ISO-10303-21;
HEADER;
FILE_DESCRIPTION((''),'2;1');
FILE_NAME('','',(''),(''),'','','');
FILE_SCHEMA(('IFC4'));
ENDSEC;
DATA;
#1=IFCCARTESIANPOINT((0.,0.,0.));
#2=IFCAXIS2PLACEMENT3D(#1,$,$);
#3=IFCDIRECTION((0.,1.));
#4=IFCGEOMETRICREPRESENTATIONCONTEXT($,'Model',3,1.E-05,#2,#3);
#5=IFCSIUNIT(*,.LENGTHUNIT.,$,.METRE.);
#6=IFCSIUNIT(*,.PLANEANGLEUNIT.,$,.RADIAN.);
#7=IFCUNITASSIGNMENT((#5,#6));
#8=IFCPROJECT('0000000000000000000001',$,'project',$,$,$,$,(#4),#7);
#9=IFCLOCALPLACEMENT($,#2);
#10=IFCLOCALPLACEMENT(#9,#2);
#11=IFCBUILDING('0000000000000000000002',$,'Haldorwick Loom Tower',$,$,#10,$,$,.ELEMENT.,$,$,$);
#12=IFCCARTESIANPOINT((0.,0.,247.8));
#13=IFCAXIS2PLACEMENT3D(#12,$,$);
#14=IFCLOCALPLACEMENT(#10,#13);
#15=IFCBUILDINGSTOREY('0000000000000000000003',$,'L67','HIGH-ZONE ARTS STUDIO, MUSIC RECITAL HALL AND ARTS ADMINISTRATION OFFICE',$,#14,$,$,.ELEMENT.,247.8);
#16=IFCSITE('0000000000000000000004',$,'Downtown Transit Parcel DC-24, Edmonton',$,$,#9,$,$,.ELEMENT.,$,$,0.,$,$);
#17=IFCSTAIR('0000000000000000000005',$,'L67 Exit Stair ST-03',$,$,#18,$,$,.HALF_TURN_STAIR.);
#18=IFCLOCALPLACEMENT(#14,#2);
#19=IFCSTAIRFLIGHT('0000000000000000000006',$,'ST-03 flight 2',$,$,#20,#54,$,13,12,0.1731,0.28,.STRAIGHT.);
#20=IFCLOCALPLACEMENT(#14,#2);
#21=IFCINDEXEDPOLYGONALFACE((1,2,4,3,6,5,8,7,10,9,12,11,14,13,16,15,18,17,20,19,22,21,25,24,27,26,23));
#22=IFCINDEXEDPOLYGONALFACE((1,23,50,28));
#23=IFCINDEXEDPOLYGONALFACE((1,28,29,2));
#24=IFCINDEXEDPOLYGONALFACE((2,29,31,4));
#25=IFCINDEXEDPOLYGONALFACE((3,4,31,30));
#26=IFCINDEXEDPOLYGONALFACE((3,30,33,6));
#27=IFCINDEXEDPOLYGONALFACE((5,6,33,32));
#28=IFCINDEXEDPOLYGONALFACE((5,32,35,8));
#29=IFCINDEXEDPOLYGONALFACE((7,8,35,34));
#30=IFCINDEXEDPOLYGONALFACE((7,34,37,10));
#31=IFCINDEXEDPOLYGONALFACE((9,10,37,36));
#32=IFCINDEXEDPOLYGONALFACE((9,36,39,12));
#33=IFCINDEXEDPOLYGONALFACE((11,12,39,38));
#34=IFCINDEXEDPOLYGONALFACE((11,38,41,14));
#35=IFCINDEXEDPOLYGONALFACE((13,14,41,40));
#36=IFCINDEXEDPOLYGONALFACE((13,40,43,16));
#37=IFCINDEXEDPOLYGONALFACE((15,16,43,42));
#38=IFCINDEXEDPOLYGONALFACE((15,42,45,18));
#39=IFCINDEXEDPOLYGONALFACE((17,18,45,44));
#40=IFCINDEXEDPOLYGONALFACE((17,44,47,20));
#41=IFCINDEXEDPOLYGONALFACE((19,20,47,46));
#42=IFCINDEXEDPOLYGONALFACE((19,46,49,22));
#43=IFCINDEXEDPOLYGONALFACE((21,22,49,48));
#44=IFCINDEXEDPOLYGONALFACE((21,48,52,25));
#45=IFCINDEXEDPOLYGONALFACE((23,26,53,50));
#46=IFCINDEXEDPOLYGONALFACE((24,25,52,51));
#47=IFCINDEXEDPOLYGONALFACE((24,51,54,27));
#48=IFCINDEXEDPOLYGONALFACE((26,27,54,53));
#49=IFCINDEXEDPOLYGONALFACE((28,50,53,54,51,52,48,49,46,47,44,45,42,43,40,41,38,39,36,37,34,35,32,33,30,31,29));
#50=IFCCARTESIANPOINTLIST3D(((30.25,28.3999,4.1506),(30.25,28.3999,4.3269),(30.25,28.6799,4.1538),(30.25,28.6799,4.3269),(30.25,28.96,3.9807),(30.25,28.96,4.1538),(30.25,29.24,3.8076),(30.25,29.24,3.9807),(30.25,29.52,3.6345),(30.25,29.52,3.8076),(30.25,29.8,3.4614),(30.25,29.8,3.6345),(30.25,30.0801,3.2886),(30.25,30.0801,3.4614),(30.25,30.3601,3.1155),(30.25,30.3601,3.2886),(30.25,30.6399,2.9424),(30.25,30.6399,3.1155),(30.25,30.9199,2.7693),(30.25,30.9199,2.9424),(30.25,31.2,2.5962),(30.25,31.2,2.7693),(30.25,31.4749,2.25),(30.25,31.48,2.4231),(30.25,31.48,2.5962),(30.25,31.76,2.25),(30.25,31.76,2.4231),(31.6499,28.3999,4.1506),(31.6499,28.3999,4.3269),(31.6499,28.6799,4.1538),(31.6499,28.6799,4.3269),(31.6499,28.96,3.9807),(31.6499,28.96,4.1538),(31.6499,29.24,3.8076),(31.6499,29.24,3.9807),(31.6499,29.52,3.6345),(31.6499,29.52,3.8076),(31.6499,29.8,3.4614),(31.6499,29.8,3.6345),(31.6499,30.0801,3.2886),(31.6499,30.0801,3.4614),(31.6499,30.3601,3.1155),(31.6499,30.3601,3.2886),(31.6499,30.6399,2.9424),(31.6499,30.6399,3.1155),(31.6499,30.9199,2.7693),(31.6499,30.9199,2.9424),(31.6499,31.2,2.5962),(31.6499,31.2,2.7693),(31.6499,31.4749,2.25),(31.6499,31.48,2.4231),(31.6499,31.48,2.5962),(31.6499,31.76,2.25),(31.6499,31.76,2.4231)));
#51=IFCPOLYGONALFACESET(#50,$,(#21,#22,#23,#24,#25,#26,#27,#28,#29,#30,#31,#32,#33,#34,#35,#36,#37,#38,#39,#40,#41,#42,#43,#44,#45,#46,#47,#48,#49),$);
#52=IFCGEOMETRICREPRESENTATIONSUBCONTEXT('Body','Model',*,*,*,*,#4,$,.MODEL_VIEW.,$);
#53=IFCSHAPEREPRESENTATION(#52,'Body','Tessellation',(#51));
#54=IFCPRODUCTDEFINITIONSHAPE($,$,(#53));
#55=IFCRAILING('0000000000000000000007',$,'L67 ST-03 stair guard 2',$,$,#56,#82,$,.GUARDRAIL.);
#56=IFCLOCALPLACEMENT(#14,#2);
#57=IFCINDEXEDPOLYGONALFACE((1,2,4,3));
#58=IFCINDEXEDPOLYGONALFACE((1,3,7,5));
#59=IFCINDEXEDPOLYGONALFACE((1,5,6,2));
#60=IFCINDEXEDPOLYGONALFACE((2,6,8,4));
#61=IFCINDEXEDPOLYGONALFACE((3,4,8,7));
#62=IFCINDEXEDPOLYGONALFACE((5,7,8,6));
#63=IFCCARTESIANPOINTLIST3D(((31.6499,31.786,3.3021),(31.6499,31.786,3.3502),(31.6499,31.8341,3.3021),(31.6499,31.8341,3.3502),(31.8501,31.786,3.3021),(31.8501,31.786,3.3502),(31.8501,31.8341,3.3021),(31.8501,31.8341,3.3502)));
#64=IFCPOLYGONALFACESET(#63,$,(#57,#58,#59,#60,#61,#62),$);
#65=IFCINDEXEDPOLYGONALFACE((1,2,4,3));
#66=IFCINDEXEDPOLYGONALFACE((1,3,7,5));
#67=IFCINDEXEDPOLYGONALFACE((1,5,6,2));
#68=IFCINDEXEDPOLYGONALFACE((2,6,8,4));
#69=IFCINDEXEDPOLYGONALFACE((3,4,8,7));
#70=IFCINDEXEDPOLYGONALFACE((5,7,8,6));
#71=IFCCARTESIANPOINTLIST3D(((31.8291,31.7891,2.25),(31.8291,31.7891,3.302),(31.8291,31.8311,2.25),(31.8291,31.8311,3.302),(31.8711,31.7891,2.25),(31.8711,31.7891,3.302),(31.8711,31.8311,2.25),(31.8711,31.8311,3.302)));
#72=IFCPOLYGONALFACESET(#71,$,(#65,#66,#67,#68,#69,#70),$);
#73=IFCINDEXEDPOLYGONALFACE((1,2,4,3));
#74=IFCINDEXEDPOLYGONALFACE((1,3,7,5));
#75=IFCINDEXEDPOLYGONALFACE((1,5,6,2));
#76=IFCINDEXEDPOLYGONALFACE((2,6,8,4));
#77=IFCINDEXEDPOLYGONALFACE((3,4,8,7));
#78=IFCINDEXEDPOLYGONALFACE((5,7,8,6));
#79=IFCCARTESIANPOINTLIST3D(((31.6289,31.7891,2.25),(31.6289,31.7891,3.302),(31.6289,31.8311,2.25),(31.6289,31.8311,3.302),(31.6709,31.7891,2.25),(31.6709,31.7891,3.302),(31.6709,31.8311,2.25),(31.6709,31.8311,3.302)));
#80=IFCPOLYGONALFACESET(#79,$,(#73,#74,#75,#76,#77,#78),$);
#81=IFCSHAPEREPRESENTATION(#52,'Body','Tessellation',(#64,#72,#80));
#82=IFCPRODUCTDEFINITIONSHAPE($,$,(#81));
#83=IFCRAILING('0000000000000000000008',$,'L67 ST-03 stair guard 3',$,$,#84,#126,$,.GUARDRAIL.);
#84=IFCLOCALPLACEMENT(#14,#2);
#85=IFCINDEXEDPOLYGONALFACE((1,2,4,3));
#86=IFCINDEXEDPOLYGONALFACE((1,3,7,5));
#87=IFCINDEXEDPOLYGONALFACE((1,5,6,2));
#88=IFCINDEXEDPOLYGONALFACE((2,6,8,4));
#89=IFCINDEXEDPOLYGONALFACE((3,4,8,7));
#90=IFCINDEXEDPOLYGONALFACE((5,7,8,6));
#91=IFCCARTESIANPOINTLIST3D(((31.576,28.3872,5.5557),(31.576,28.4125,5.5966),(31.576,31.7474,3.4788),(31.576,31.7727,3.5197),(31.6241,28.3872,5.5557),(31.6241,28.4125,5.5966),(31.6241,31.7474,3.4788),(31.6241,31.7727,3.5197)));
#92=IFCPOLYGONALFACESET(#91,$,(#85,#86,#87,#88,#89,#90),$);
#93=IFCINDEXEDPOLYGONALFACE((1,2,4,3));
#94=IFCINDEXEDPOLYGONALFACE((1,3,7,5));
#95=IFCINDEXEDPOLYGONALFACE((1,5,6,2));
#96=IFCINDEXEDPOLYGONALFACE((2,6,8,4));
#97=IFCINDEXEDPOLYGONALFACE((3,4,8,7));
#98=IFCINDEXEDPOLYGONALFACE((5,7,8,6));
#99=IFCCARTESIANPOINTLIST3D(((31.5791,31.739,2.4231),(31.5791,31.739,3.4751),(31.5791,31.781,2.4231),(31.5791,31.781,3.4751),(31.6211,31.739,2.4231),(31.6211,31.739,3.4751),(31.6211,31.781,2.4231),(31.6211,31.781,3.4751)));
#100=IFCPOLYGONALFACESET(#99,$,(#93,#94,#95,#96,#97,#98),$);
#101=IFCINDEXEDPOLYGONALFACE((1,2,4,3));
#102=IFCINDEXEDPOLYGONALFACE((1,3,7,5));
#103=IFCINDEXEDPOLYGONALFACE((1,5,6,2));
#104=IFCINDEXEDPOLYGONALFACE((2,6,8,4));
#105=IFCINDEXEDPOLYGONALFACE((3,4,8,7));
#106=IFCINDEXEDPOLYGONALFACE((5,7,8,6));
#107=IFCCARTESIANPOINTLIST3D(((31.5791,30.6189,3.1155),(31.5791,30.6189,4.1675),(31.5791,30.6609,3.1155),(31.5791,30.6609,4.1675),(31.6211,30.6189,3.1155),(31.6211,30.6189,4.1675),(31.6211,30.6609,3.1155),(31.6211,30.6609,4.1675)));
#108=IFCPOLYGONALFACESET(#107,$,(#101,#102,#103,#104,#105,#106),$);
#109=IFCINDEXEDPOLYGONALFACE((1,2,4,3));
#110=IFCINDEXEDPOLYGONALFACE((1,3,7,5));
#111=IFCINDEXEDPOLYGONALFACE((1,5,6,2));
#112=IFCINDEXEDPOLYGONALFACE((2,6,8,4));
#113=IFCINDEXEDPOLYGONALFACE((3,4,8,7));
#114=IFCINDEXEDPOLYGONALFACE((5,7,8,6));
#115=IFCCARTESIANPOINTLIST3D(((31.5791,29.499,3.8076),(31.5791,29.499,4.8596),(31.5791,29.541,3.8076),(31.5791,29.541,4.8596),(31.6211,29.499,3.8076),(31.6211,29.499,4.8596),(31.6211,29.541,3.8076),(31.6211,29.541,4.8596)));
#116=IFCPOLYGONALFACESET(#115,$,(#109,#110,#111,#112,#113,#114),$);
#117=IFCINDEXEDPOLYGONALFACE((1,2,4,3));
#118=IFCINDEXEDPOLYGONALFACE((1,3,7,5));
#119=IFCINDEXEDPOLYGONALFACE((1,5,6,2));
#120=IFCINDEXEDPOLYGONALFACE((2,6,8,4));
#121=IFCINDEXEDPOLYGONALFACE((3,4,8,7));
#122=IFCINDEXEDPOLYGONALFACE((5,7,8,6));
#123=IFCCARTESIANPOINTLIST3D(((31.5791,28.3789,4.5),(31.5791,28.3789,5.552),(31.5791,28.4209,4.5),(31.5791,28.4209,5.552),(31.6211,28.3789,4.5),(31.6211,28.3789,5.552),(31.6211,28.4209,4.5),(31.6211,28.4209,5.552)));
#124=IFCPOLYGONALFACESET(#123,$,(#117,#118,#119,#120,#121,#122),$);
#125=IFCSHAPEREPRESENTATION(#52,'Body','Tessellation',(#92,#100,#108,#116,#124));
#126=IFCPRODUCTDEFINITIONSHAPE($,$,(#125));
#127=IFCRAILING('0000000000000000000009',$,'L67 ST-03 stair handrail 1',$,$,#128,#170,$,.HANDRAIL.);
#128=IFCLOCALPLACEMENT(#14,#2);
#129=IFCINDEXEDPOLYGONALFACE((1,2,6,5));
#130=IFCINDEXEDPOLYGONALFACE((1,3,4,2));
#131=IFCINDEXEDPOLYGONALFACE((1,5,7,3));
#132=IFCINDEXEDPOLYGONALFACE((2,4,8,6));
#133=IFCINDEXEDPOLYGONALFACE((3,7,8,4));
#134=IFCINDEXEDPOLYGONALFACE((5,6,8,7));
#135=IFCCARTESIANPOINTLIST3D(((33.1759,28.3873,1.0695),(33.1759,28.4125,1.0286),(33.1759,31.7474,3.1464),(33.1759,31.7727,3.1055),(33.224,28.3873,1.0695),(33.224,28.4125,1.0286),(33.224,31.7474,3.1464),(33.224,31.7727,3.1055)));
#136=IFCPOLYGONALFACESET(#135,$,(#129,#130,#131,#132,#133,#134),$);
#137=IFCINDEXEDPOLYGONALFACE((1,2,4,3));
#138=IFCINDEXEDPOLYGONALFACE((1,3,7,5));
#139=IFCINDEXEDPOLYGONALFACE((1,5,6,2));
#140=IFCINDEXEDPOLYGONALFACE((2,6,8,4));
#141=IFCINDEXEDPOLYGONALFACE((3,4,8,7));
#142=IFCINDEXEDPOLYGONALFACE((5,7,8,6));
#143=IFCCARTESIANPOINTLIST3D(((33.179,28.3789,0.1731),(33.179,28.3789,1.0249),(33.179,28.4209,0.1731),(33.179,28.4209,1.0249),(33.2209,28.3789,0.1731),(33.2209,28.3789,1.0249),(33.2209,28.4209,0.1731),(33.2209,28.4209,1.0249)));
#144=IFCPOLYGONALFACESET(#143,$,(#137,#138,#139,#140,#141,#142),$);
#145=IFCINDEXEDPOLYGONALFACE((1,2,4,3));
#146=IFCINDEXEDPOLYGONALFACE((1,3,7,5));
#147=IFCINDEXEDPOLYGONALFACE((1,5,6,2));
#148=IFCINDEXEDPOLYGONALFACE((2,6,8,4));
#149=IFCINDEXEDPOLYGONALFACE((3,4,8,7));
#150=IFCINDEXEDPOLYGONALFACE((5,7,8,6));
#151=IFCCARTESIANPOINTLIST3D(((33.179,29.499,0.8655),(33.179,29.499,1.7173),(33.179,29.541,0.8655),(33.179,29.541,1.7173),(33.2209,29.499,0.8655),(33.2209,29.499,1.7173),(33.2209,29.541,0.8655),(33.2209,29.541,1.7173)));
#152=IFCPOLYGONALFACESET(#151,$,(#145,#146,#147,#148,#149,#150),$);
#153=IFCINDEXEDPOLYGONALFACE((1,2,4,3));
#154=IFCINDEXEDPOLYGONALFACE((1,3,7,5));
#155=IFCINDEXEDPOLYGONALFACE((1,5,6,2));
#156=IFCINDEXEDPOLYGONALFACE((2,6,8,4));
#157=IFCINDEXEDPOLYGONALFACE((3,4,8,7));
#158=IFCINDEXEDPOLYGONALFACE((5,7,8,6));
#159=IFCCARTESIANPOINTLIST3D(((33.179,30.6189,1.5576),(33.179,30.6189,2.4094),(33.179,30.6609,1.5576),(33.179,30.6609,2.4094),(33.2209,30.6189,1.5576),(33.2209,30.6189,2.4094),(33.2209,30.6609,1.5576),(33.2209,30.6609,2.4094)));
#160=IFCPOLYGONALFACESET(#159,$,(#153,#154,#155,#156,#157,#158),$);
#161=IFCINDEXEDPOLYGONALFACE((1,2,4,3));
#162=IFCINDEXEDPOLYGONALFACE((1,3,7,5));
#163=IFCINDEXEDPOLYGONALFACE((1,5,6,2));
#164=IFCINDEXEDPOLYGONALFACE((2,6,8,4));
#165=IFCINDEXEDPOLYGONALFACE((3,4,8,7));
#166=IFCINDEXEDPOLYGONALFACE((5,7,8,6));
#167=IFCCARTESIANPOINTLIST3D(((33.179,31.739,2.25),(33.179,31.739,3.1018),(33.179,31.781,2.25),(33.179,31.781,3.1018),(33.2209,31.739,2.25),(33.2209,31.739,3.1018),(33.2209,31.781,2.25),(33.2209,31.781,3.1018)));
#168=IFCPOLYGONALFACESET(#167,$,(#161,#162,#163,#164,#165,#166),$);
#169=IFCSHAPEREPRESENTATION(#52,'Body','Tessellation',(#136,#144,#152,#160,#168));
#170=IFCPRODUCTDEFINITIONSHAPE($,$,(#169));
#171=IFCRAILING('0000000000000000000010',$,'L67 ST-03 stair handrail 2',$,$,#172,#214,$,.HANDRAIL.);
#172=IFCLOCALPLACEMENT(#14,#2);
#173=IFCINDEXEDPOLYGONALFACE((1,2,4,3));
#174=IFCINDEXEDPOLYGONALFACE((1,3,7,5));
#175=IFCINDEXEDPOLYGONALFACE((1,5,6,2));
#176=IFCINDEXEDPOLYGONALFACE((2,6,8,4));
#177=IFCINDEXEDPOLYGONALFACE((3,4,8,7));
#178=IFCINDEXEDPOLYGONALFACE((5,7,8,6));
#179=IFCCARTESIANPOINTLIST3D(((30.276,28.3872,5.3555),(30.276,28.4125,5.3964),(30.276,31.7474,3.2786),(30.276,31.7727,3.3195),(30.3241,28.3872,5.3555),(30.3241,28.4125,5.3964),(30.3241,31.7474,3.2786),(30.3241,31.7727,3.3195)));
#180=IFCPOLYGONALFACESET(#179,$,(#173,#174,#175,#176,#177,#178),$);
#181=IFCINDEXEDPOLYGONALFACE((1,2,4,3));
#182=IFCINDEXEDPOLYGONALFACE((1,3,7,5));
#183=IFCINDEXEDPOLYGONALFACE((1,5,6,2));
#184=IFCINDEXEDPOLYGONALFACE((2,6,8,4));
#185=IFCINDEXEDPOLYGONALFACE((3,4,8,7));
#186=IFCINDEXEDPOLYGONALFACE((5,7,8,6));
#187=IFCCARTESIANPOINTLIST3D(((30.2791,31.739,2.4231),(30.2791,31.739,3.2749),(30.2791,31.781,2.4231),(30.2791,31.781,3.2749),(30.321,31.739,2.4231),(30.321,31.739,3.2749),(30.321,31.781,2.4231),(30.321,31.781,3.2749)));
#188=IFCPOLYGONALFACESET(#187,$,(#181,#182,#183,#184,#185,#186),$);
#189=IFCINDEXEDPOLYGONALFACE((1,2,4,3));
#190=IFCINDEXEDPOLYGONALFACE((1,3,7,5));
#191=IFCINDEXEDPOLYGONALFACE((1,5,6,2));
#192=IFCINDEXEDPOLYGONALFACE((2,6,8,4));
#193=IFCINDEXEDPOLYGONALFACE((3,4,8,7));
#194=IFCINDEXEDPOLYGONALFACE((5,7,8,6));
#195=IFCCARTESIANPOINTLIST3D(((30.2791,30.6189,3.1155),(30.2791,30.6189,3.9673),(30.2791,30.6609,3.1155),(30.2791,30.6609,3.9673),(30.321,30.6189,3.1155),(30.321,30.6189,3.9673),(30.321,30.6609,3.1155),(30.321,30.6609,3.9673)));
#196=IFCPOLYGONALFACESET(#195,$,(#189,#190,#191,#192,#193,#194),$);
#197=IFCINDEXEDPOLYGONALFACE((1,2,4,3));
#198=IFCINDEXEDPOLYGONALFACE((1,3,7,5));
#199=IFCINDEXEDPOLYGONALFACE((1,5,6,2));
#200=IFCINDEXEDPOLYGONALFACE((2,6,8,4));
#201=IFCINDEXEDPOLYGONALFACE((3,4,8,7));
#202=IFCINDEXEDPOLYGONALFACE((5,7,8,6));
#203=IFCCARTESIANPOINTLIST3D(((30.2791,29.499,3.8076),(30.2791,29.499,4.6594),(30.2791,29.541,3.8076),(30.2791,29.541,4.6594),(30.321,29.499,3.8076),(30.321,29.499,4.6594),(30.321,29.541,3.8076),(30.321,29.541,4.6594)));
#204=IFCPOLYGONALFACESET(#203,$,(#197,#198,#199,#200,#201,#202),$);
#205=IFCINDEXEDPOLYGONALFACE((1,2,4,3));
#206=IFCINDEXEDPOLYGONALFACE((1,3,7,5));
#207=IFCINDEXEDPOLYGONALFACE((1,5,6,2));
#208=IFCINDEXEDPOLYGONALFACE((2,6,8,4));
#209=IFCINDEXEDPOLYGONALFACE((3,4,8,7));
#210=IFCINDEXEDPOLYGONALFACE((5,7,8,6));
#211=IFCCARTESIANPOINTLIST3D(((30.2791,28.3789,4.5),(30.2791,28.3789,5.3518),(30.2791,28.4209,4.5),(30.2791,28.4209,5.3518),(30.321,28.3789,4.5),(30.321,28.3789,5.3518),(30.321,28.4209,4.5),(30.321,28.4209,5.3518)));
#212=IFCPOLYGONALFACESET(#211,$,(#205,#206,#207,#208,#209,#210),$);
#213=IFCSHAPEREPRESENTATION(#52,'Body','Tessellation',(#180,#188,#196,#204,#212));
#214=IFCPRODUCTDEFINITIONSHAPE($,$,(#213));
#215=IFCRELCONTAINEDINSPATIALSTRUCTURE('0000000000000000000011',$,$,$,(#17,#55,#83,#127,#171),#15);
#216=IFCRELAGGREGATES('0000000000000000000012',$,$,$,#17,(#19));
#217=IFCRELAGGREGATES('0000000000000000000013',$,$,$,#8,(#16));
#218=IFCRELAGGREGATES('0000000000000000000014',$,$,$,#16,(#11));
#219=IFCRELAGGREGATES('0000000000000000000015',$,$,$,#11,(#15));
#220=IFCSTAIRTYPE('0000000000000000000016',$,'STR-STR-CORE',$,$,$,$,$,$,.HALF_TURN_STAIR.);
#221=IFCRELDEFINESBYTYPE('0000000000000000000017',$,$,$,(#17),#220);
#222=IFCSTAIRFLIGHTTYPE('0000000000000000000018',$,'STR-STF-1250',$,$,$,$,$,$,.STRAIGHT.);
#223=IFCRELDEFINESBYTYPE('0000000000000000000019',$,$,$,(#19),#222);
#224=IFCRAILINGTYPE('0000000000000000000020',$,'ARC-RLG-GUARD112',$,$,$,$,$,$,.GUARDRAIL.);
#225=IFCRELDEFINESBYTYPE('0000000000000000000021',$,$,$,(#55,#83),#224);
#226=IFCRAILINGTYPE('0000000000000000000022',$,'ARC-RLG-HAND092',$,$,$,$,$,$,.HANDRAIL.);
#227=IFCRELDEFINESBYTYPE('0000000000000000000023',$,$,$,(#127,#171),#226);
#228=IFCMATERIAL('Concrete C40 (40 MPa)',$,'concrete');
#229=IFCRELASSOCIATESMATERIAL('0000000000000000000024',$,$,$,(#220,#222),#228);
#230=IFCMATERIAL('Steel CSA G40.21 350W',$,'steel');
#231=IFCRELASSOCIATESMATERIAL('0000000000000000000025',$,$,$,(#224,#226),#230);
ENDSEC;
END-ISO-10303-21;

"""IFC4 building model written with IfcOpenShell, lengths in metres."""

from ifc_helpers import new_model, si_unit, direction, frame, origin, origin_2d, place, context, subcontext, project, spatial, polyline, rectangle, outline, extrude, material, type_object, element, aggregate, save


model = new_model("IFC4")

# Units and contexts
model_context = context("Model", 3, precision=1e-05, world=origin(), true_north=direction((0.0, 1.0)))
body_context = subcontext(model_context, "Body", "Model", "MODEL_VIEW")
ifc_project = project(units=[si_unit("LENGTHUNIT", "METRE"), si_unit("PLANEANGLEUNIT", "RADIAN")], contexts=[model_context])

# Site, building, storey
site_placement = place(None, origin())
site = spatial("IfcSite", under=ifc_project, at=site_placement, Name="Downtown Transit Parcel DC-24, Edmonton", CompositionType="ELEMENT", RefElevation=0.0)
building_placement = place(site_placement, origin())
building = spatial("IfcBuilding", under=site, at=building_placement, Name="Haldorwick Loom Tower", CompositionType="ELEMENT")
storey_placement = place(building_placement, frame((0.0, 0.0, 247.8)))
storey = spatial("IfcBuildingStorey", under=building, at=storey_placement, Name="L67", Description="HIGH-ZONE ARTS STUDIO, MUSIC RECITAL HALL AND ARTS ADMINISTRATION OFFICE", CompositionType="ELEMENT", Elevation=247.8)

# Shared definitions
ifc_material_1 = material(Name="Steel CSA G40.21 350W", Category="steel")

# Stair, stair flight
ifc_material_2 = material(Name="Concrete C40 (40 MPa)", Category="concrete")
stair_type = type_object("IfcStairType", Name="STR-STR-CORE", PredefinedType="HALF_TURN_STAIR", material=ifc_material_2)
stair_placement = place(storey_placement, origin())
stair = element("IfcStair", 1, at=stair_placement, inside=storey, type_object=stair_type, Name="L67 Exit Stair ST-03", PredefinedType="HALF_TURN_STAIR")
stair_flight_type = type_object("IfcStairFlightType", Name="STR-STF-1250", PredefinedType="STRAIGHT", material=ifc_material_2)
stair_flight_placement = place(storey_placement, frame((30.95, 31.76, 2.25), z_axis=(0.0, 0.0, 1.0), x_axis=(0.0, -1.0, 0.0)))
stair_flight = element("IfcStairFlight", 2, at=stair_flight_placement, type_object=stair_flight_type, Name="ST-03 flight 2", NumberOfRisers=13, NumberOfTreads=12, PredefinedType="STRAIGHT", RiserHeight=0.1731, TreadLength=0.28, context=body_context, shape_type="SweptSolid", body=[
    extrude(outline(polyline([(0.0, 0.0), (0.0, 0.1731), (0.28, 0.1731), (0.28, 0.3462), (0.5601, 0.3462), (0.5601, 0.5193), (0.8401, 0.5193), (0.8401, 0.6924), (1.1201, 0.6924), (1.1201, 0.8655), (1.3999, 0.8655), (1.3999, 1.0386), (1.6799, 1.0386), (1.6799, 1.2114), (1.96, 1.2114), (1.96, 1.3845), (2.24, 1.3845), (2.24, 1.5576), (2.52, 1.5576), (2.52, 1.7307), (2.8, 1.7307), (2.8, 1.9038), (3.0801, 1.9038), (3.0801, 2.0769), (3.3601, 2.0769), (3.3601, 2.25), (3.3601, 1.9006), (0.2852, 0.0), (0.0, 0.0)])), frame((0.0, 0.7, 0.0), z_axis=(0.0, -1.0, 0.0), x_axis=(1.0, 0.0, 0.0)), (0.0, 0.0, 1.0), 1.3999),
])
aggregate(stair, [stair_flight])

# Railings
railing_type_1 = type_object("IfcRailingType", Name="ARC-RLG-GUARD112", PredefinedType="GUARDRAIL", material=ifc_material_1)
railing_1_placement = place(storey_placement, frame((31.8501, 31.8101, 2.25)))
element("IfcRailing", 3, at=railing_1_placement, inside=storey, type_object=railing_type_1, Name="L67 ST-03 stair guard 2", PredefinedType="GUARDRAIL", context=body_context, shape_type="SweptSolid", body=[
    extrude(rectangle(XDim=0.0481, YDim=0.0481, at=origin_2d()), frame((0.0, 0.0, 1.0762), z_axis=(-1.0, 0.0, 0.0), x_axis=(0.0, -1.0, 0.0)), (0.0, 0.0, 1.0), 0.2002),
    extrude(rectangle(XDim=0.042, YDim=0.042, at=origin_2d()), origin(), (0.0, 0.0, 1.0), 1.052),
    extrude(rectangle(XDim=0.042, YDim=0.042, at=origin_2d()), frame((-0.2002, 0.0, 0.0)), (0.0, 0.0, 1.0), 1.052),
])
railing_2_placement = place(storey_placement, frame((31.6001, 31.76, 2.4231)))
element("IfcRailing", 4, at=railing_2_placement, inside=storey, type_object=railing_type_1, Name="L67 ST-03 stair guard 3", PredefinedType="GUARDRAIL", context=body_context, shape_type="SweptSolid", body=[
    extrude(rectangle(XDim=0.0481, YDim=0.0481, at=origin_2d()), frame((0.0, 0.0, 1.0762), z_axis=(0.0, -0.850623, 0.525776), x_axis=(1.0, 0.0, 0.0)), (0.0, 0.0, 1.0), 3.9502),
    extrude(rectangle(XDim=0.042, YDim=0.042, at=origin_2d()), origin(), (0.0, 0.0, 1.0), 1.052),
    extrude(rectangle(XDim=0.042, YDim=0.042, at=origin_2d()), frame((0.0, -1.1201, 0.6924)), (0.0, 0.0, 1.0), 1.052),
    extrude(rectangle(XDim=0.042, YDim=0.042, at=origin_2d()), frame((0.0, -2.24, 1.3845)), (0.0, 0.0, 1.0), 1.052),
    extrude(rectangle(XDim=0.042, YDim=0.042, at=origin_2d()), frame((0.0, -3.3601, 2.0769)), (0.0, 0.0, 1.0), 1.052),
])
railing_type_2 = type_object("IfcRailingType", Name="ARC-RLG-HAND092", PredefinedType="HANDRAIL", material=ifc_material_1)
railing_3_placement = place(storey_placement, frame((33.2, 28.3999, 0.1731)))
element("IfcRailing", 5, at=railing_3_placement, inside=storey, type_object=railing_type_2, Name="L67 ST-03 stair handrail 1", PredefinedType="HANDRAIL", context=body_context, shape_type="SweptSolid", body=[
    extrude(rectangle(XDim=0.0481, YDim=0.0481, at=origin_2d()), frame((0.0, 0.0, 0.876), z_axis=(0.0, 0.850623, 0.525776), x_axis=(-1.0, 0.0, 0.0)), (0.0, 0.0, 1.0), 3.9502),
    extrude(rectangle(XDim=0.042, YDim=0.042, at=origin_2d()), origin(), (0.0, 0.0, 1.0), 0.8518),
    extrude(rectangle(XDim=0.042, YDim=0.042, at=origin_2d()), frame((0.0, 1.1201, 0.6924)), (0.0, 0.0, 1.0), 0.8518),
    extrude(rectangle(XDim=0.042, YDim=0.042, at=origin_2d()), frame((0.0, 2.24, 1.3845)), (0.0, 0.0, 1.0), 0.8518),
    extrude(rectangle(XDim=0.042, YDim=0.042, at=origin_2d()), frame((0.0, 3.3601, 2.0769)), (0.0, 0.0, 1.0), 0.8518),
])
railing_4_placement = place(storey_placement, frame((30.3, 31.76, 2.4231)))
element("IfcRailing", 6, at=railing_4_placement, inside=storey, type_object=railing_type_2, Name="L67 ST-03 stair handrail 2", PredefinedType="HANDRAIL", context=body_context, shape_type="SweptSolid", body=[
    extrude(rectangle(XDim=0.0481, YDim=0.0481, at=origin_2d()), frame((0.0, 0.0, 0.876), z_axis=(0.0, -0.850623, 0.525776), x_axis=(1.0, 0.0, 0.0)), (0.0, 0.0, 1.0), 3.9502),
    extrude(rectangle(XDim=0.042, YDim=0.042, at=origin_2d()), origin(), (0.0, 0.0, 1.0), 0.8518),
    extrude(rectangle(XDim=0.042, YDim=0.042, at=origin_2d()), frame((0.0, -1.1201, 0.6924)), (0.0, 0.0, 1.0), 0.8518),
    extrude(rectangle(XDim=0.042, YDim=0.042, at=origin_2d()), frame((0.0, -2.24, 1.3845)), (0.0, 0.0, 1.0), 0.8518),
    extrude(rectangle(XDim=0.042, YDim=0.042, at=origin_2d()), frame((0.0, -3.3601, 2.0769)), (0.0, 0.0, 1.0), 0.8518),
])

save(model, "model.ifc")
